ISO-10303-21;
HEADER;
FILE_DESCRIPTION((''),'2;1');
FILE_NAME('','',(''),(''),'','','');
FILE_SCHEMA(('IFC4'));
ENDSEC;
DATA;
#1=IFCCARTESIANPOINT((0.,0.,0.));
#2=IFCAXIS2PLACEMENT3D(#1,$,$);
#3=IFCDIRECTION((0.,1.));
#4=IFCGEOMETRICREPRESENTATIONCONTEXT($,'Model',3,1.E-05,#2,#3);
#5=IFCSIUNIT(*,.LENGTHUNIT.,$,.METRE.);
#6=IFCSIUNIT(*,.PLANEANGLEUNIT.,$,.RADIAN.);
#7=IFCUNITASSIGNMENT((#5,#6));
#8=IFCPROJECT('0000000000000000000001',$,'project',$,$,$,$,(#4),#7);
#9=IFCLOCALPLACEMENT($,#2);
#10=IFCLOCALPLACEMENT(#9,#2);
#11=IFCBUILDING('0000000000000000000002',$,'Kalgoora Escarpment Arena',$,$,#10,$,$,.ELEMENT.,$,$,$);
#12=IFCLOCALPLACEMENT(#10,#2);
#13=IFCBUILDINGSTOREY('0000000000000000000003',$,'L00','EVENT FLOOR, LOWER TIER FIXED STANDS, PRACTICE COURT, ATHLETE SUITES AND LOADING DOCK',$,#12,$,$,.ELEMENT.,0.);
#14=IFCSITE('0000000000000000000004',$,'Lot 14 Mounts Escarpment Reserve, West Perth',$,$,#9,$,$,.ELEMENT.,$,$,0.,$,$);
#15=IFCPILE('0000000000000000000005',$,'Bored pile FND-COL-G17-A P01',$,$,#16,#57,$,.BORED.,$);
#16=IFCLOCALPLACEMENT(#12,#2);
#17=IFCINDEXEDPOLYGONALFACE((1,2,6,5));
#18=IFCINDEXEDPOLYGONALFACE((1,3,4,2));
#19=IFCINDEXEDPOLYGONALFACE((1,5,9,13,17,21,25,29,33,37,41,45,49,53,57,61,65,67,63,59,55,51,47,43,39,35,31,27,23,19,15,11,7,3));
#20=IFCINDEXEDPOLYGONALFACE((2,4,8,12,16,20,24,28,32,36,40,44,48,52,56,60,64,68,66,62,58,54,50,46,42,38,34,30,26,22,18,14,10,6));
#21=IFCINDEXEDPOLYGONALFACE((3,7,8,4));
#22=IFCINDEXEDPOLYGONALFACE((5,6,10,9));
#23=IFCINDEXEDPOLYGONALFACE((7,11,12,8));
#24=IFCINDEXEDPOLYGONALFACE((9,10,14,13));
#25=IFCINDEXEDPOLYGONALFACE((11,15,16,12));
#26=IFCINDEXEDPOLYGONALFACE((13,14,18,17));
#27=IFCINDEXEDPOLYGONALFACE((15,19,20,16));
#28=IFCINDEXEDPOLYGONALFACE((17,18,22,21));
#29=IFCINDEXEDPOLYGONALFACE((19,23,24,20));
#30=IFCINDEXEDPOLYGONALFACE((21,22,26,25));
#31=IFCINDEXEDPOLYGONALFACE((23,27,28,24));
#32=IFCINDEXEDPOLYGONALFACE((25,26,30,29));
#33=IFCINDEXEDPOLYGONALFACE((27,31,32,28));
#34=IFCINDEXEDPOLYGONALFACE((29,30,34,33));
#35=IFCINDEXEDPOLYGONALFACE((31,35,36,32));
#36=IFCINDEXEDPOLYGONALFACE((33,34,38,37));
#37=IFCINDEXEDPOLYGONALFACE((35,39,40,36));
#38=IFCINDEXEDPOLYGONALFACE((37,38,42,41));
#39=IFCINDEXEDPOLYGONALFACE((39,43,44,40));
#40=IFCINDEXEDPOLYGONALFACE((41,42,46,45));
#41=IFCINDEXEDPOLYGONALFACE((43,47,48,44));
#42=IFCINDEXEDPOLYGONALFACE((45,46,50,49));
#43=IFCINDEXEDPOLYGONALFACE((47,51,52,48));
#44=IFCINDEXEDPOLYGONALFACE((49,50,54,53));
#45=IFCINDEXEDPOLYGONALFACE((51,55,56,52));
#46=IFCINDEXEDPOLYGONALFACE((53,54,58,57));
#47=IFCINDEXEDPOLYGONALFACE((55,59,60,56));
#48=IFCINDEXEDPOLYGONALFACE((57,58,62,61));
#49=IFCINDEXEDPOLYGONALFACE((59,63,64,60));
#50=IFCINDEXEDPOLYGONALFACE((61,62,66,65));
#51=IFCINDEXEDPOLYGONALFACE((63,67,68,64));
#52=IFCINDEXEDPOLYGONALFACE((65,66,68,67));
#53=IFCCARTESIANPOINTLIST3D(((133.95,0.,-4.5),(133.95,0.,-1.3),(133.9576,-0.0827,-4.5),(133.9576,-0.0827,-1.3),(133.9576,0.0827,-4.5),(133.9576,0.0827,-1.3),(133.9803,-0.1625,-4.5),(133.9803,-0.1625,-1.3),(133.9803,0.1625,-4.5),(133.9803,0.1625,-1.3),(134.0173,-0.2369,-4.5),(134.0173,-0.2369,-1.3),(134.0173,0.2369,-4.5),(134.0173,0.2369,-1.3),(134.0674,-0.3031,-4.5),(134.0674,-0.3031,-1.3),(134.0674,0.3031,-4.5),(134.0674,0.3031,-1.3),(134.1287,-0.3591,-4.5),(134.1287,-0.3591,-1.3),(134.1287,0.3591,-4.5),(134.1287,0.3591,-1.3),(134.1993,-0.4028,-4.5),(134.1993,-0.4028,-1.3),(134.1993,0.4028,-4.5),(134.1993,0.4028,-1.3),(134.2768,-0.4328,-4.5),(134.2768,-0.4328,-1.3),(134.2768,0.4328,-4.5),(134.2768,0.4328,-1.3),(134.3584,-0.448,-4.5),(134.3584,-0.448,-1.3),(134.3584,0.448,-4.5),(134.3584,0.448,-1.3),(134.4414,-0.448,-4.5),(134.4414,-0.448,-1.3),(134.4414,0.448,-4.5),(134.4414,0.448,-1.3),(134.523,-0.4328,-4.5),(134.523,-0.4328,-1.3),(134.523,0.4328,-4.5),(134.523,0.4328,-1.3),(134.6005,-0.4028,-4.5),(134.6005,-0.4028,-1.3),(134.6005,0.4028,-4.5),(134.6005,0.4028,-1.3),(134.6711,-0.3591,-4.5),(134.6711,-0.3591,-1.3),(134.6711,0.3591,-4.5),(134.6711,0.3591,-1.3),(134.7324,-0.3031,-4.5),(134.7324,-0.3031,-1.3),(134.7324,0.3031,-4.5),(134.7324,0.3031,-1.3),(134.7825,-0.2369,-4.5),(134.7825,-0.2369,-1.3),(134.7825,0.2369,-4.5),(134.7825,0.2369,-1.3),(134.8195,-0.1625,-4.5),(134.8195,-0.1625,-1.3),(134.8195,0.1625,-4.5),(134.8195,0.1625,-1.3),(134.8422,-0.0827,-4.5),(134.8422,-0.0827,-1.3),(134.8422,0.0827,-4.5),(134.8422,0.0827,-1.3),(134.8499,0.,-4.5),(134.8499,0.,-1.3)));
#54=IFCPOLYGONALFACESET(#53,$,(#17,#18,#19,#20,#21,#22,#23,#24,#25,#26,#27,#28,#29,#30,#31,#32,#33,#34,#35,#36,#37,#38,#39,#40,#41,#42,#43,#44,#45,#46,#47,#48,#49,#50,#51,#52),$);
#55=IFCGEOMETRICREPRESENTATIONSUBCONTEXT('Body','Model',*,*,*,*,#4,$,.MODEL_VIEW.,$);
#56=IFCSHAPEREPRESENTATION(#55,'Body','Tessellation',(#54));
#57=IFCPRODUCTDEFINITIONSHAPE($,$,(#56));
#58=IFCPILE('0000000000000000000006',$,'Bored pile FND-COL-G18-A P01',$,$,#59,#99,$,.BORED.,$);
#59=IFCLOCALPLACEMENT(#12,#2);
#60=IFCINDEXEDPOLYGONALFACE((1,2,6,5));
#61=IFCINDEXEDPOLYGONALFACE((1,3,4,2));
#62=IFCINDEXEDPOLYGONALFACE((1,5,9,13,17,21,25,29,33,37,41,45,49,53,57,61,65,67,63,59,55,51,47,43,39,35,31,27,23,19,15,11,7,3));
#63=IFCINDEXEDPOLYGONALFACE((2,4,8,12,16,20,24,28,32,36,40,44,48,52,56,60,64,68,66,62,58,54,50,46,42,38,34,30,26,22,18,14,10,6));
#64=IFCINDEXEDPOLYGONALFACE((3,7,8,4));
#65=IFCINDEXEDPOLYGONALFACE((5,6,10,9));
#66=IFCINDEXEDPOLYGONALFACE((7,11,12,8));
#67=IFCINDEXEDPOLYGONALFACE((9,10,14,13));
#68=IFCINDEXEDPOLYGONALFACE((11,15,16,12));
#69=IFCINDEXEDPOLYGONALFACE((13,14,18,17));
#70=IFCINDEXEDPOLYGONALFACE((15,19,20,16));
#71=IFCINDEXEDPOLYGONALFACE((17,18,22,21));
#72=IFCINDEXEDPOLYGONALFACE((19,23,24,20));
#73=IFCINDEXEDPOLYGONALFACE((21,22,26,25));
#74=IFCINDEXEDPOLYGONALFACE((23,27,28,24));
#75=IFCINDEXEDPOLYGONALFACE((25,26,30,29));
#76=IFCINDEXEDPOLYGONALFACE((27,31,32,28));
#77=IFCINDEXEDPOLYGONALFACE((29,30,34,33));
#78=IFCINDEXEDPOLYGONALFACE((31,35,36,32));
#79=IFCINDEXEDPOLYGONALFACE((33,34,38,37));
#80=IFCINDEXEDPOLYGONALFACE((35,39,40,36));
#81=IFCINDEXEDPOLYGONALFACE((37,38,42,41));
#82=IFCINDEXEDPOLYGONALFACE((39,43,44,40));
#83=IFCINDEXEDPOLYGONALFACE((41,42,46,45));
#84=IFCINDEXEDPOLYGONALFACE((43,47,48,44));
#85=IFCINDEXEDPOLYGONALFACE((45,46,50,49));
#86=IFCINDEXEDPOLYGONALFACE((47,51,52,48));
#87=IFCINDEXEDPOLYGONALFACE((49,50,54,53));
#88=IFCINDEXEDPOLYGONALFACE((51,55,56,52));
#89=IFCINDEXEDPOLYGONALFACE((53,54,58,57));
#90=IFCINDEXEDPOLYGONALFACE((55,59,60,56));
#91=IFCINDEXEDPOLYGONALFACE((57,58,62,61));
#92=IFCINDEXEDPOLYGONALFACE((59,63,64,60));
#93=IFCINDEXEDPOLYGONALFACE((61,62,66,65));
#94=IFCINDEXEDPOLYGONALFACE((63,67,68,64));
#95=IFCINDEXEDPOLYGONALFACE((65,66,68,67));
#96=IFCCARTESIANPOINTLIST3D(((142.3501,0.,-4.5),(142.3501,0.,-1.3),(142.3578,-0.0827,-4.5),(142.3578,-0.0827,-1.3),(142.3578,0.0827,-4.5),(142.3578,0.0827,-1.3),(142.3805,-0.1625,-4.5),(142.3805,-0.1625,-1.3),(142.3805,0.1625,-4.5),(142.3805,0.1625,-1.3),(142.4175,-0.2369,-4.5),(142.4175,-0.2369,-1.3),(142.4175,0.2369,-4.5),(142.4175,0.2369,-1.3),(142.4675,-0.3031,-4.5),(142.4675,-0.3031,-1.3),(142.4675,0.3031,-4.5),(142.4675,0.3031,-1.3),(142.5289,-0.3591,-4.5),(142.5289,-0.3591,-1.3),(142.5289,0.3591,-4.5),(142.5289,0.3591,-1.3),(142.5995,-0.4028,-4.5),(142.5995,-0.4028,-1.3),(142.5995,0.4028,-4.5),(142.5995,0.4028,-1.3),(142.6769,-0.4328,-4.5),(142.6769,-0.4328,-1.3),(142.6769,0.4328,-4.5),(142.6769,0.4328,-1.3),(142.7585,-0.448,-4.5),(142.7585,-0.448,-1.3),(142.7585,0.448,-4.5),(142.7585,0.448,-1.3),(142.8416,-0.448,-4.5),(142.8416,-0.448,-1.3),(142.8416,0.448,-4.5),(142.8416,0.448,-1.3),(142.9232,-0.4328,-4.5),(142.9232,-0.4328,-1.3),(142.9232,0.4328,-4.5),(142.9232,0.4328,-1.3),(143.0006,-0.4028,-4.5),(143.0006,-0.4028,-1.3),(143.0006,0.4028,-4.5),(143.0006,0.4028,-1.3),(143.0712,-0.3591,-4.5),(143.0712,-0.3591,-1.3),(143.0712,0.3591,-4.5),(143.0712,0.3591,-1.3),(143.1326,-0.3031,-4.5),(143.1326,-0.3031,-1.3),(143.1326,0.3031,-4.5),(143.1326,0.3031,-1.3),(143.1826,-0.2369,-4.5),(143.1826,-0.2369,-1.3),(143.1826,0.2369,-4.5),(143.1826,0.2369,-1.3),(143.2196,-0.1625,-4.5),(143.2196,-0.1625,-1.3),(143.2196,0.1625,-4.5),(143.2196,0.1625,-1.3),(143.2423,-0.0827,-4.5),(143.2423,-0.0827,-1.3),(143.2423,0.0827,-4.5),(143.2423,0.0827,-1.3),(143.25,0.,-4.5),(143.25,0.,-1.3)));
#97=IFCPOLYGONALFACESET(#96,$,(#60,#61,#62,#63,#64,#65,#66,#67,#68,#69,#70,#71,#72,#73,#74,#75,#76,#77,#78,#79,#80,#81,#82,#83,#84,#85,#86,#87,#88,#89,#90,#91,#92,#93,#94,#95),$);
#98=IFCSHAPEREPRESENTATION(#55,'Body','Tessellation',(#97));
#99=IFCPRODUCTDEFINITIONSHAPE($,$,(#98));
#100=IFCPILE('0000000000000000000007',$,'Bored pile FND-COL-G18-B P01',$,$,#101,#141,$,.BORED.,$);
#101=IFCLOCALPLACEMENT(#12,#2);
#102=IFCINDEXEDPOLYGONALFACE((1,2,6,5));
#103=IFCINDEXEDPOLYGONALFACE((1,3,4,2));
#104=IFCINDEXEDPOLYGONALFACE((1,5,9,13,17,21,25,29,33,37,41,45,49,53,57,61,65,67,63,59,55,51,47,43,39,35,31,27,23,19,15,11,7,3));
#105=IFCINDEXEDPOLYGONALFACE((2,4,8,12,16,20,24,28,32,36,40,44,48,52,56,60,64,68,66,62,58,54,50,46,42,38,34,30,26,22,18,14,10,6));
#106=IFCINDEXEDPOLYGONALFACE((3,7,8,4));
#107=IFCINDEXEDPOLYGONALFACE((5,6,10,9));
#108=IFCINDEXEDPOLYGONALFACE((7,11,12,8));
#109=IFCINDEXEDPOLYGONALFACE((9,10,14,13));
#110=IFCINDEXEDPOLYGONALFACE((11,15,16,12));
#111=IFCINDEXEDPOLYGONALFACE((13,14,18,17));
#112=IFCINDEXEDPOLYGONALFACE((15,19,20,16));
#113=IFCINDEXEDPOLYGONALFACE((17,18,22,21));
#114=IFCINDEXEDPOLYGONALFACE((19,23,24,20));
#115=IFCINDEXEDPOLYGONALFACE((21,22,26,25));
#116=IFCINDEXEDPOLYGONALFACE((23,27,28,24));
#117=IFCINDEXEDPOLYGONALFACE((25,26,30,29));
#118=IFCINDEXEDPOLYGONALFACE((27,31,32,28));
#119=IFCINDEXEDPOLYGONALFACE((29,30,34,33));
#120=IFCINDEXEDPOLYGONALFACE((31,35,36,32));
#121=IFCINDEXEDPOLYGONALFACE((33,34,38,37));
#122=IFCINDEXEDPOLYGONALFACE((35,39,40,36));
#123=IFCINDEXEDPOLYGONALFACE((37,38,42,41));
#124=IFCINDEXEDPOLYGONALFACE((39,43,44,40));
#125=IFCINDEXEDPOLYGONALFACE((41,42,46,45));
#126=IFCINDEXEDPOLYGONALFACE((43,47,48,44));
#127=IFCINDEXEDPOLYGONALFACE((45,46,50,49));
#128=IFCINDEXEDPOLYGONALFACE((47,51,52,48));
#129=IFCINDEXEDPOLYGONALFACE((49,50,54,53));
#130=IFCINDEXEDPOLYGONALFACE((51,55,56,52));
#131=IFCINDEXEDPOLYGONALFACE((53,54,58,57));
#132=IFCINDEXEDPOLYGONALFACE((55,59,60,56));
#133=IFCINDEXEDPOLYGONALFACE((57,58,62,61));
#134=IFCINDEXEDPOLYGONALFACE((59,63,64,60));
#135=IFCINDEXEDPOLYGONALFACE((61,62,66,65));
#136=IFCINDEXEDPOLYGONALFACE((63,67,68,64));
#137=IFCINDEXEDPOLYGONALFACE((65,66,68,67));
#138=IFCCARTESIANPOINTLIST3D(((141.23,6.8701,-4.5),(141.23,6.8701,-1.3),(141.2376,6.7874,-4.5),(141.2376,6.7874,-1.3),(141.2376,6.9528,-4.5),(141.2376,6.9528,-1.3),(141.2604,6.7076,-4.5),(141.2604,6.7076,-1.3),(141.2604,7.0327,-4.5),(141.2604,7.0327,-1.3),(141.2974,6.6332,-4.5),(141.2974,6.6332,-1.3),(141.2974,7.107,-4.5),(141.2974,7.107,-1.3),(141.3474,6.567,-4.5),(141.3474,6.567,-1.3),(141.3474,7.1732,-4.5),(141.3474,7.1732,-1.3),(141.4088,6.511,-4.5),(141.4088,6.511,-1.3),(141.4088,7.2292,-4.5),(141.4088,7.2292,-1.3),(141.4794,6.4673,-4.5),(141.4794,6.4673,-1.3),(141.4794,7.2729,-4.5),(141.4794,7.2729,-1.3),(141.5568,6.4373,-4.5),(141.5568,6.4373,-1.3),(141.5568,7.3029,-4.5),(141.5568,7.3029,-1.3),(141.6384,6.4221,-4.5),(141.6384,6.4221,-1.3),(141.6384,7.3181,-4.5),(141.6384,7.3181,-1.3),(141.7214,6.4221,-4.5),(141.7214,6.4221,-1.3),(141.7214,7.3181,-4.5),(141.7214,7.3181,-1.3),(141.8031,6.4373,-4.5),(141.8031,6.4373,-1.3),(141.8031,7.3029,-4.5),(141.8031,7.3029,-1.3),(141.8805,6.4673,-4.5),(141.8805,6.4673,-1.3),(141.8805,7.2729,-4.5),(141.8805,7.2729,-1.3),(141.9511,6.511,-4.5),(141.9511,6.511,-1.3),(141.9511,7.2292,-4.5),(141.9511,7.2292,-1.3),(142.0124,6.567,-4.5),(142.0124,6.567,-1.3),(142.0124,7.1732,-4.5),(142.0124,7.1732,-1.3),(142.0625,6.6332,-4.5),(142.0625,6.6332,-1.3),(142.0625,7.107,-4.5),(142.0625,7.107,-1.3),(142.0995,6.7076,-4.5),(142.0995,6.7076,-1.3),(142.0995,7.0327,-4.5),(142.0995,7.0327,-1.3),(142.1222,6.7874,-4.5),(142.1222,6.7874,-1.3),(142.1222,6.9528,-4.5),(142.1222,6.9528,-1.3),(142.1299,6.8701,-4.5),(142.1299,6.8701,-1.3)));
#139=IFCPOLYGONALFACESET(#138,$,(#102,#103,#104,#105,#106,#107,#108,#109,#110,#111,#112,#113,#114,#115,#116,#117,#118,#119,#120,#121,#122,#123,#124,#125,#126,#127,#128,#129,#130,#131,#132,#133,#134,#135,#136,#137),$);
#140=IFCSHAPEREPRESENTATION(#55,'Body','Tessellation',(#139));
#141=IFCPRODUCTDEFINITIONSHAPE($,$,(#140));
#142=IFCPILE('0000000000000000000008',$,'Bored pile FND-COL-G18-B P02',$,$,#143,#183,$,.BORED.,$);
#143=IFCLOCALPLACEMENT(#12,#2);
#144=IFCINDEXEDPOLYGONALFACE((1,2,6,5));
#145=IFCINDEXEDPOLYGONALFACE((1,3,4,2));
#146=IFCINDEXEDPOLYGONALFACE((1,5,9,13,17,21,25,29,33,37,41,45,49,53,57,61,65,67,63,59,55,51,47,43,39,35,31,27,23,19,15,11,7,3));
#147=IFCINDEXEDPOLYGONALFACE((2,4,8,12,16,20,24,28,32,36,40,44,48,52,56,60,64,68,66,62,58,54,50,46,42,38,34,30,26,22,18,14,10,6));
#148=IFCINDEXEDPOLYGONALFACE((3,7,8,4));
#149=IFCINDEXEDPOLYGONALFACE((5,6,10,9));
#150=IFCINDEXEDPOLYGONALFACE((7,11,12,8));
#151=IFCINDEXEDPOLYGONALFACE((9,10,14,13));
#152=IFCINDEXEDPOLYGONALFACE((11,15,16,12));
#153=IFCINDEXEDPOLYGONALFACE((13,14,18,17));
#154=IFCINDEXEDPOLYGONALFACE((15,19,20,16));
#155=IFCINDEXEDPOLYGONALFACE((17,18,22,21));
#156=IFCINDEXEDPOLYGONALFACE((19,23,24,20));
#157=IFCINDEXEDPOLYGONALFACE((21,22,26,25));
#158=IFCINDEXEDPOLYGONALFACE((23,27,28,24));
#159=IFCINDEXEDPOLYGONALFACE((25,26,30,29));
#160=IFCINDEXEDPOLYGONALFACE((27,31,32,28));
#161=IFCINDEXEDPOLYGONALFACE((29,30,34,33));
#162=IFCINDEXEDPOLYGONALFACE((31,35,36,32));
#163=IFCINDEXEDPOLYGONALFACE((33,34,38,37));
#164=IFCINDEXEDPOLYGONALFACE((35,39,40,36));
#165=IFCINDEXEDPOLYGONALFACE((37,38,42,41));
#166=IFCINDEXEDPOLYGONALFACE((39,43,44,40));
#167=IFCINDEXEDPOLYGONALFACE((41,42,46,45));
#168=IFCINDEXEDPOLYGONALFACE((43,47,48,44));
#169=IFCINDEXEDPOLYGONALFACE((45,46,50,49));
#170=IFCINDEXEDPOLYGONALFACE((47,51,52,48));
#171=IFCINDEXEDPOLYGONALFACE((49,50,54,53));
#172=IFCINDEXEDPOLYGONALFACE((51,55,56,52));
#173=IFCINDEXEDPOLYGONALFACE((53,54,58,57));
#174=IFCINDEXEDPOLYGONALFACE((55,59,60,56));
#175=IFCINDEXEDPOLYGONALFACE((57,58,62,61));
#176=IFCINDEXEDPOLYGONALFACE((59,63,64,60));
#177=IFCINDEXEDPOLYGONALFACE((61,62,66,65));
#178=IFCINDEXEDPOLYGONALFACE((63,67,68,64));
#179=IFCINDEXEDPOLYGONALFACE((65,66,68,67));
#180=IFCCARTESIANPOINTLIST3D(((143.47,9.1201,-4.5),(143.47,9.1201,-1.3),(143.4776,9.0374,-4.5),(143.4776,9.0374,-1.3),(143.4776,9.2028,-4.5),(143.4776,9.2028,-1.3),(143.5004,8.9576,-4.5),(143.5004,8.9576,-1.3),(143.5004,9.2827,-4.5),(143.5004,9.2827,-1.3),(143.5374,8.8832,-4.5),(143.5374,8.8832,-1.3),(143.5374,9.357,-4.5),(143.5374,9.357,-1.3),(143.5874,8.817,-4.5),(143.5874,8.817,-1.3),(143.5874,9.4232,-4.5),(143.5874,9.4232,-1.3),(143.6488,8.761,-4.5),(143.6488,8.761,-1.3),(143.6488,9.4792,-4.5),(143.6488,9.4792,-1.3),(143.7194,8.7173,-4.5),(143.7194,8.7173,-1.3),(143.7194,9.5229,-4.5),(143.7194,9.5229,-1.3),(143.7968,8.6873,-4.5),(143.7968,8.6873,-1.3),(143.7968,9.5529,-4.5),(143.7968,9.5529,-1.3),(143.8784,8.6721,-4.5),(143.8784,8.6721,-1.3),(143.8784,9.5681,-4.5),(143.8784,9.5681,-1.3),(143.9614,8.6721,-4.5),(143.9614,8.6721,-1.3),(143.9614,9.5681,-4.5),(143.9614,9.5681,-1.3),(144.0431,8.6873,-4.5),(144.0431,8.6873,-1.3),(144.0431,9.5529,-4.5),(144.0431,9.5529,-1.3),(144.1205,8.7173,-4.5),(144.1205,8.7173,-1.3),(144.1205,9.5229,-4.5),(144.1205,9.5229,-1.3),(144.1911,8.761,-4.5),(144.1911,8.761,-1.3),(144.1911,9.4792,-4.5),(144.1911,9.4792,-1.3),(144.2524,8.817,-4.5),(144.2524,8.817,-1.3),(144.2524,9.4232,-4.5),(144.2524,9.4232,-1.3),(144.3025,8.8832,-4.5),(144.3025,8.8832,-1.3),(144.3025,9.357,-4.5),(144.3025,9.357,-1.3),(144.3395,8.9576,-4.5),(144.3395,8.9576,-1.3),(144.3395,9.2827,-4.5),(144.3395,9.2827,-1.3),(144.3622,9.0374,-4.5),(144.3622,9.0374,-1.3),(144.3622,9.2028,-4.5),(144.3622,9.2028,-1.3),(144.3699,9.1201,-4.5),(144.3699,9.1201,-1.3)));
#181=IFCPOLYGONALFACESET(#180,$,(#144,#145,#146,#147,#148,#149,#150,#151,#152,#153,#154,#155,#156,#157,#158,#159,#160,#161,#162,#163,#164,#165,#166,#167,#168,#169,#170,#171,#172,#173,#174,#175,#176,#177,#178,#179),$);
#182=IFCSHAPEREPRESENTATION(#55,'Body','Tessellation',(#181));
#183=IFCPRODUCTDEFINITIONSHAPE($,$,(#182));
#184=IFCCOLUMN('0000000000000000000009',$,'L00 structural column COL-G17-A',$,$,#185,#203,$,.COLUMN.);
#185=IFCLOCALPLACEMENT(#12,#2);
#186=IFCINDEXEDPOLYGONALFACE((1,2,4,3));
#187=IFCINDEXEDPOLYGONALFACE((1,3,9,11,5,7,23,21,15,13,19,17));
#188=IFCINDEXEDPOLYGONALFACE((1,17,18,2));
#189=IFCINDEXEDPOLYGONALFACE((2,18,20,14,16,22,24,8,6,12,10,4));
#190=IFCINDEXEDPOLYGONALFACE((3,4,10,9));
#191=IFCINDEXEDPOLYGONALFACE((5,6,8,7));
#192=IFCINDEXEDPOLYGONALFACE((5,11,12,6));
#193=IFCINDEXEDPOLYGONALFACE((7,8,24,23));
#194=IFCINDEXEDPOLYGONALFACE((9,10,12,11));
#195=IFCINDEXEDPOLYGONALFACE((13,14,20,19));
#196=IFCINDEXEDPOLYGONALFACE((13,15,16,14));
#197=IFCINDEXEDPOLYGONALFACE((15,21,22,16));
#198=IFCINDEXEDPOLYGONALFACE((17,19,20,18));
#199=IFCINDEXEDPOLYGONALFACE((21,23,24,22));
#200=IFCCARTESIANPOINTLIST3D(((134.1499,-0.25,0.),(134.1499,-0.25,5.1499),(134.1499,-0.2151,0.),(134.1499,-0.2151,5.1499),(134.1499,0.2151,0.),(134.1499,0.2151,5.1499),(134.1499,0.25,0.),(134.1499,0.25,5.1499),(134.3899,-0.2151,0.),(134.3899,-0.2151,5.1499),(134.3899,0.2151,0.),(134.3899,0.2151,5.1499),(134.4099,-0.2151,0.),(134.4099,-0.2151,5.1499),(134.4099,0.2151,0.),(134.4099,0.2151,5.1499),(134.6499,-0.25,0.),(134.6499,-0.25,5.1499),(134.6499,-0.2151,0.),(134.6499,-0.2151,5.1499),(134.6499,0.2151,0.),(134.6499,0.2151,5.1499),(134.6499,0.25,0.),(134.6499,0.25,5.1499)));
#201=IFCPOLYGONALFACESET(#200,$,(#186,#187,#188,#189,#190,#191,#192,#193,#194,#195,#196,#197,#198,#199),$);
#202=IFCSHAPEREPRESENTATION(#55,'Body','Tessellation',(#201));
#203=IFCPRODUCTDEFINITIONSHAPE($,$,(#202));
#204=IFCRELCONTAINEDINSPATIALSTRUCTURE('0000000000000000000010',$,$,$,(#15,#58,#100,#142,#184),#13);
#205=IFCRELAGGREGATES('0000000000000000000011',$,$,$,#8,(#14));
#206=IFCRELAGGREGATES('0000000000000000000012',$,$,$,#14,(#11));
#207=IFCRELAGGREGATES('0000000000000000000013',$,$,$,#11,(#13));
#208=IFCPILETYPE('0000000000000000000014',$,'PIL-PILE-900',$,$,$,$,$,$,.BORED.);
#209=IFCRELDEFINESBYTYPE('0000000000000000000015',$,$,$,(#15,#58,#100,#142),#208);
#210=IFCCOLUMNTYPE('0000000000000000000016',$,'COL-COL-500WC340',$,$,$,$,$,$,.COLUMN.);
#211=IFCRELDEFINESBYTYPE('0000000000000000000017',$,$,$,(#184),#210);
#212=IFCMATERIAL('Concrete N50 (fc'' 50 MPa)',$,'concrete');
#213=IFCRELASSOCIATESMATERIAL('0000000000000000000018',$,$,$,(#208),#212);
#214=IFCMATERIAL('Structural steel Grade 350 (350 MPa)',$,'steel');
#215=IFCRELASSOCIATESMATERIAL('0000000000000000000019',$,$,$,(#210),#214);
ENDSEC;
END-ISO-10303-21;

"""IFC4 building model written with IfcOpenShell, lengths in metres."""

from ifc_helpers import new_model, si_unit, direction, frame, origin, origin_2d, place, context, subcontext, project, spatial, circle, i_section, extrude, material, material_profile, profile_set, type_object, element, save


model = new_model("IFC4")

# Units and contexts
model_context = context("Model", 3, precision=1e-05, world=origin(), true_north=direction((0.0, 1.0)))
body_context = subcontext(model_context, "Body", "Model", "MODEL_VIEW")
ifc_project = project(units=[si_unit("LENGTHUNIT", "METRE"), si_unit("PLANEANGLEUNIT", "RADIAN")], contexts=[model_context])

# Site, building, storey
site_placement = place(None, origin())
site = spatial("IfcSite", under=ifc_project, at=site_placement, Name="Lot 14 Mounts Escarpment Reserve, West Perth", CompositionType="ELEMENT", RefElevation=0.0)
building_placement = place(site_placement, origin())
building = spatial("IfcBuilding", under=site, at=building_placement, Name="Kalgoora Escarpment Arena", CompositionType="ELEMENT")
storey_placement = place(building_placement, origin())
storey = spatial("IfcBuildingStorey", under=building, at=storey_placement, Name="L00", Description="EVENT FLOOR, LOWER TIER FIXED STANDS, PRACTICE COURT, ATHLETE SUITES AND LOADING DOCK", CompositionType="ELEMENT", Elevation=0.0)

# Piles
ifc_material_1 = material(Name="Concrete N50 (fc' 50 MPa)", Category="concrete")
ifc_material_profile_1 = material_profile(ifc_material_1, circle(Radius=0.45, at=origin_2d()))
ifc_profile_set_1 = profile_set([ifc_material_profile_1], Name="Concrete N50 (fc' 50 MPa)")
pile_type_1 = type_object("IfcPileType", Name="PIL-PILE-900", PredefinedType="BORED", material=ifc_profile_set_1)
for number, where, z_axis, x_axis, name in (
    (1, (134.3999, 0.0, -1.3), (0.0, 0.0, -1.0), (1.0, 0.0, 0.0), "Bored pile FND-COL-G17-A P01"),
    (2, (142.8, 0.0, -1.3), (0.0, 0.0, -1.0), (1.0, 0.0, 0.0), "Bored pile FND-COL-G18-A P01"),
    (3, (141.6799, 6.8701, -1.3), (0.0, 0.0, -1.0), (1.0, 0.0, 0.0), "Bored pile FND-COL-G18-B P01"),
    (4, (143.9199, 9.1201, -1.3), (0.0, 0.0, -1.0), (1.0, 0.0, 0.0), "Bored pile FND-COL-G18-B P02"),
):
    element("IfcPile", number, at=place(storey_placement, frame(where, z_axis=z_axis, x_axis=x_axis)), inside=storey, type_object=pile_type_1, Name=name, PredefinedType="BORED", context=body_context, shape_type="SweptSolid", body=[
        extrude(circle(Radius=0.45, at=origin_2d()), origin(), (0.0, 0.0, 1.0), 3.2),
    ])

# Column
ifc_material_2 = material(Name="Structural steel Grade 350 (350 MPa)", Category="steel")
ifc_material_profile_2 = material_profile(ifc_material_2, i_section(OverallWidth=0.5, OverallDepth=0.5, WebThickness=0.02, FlangeThickness=0.0349, at=origin_2d()))
ifc_profile_set_2 = profile_set([ifc_material_profile_2], Name="Structural steel Grade 350 (350 MPa)")
column_type_1 = type_object("IfcColumnType", Name="COL-COL-500WC340", PredefinedType="COLUMN", material=ifc_profile_set_2)
column_1_placement = place(storey_placement, frame((134.3999, 0.0, 0.0), z_axis=(0.0, 0.0, 1.0), x_axis=(1.0, 0.0, 0.0)))
element("IfcColumn", 5, at=column_1_placement, inside=storey, type_object=column_type_1, Name="L00 structural column COL-G17-A", PredefinedType="COLUMN", context=body_context, shape_type="SweptSolid", body=[
    extrude(i_section(OverallWidth=0.5, OverallDepth=0.5, WebThickness=0.02, FlangeThickness=0.0349, at=origin_2d()), origin(), (0.0, 0.0, 1.0), 5.1499),
])

save(model, "model.ifc")
